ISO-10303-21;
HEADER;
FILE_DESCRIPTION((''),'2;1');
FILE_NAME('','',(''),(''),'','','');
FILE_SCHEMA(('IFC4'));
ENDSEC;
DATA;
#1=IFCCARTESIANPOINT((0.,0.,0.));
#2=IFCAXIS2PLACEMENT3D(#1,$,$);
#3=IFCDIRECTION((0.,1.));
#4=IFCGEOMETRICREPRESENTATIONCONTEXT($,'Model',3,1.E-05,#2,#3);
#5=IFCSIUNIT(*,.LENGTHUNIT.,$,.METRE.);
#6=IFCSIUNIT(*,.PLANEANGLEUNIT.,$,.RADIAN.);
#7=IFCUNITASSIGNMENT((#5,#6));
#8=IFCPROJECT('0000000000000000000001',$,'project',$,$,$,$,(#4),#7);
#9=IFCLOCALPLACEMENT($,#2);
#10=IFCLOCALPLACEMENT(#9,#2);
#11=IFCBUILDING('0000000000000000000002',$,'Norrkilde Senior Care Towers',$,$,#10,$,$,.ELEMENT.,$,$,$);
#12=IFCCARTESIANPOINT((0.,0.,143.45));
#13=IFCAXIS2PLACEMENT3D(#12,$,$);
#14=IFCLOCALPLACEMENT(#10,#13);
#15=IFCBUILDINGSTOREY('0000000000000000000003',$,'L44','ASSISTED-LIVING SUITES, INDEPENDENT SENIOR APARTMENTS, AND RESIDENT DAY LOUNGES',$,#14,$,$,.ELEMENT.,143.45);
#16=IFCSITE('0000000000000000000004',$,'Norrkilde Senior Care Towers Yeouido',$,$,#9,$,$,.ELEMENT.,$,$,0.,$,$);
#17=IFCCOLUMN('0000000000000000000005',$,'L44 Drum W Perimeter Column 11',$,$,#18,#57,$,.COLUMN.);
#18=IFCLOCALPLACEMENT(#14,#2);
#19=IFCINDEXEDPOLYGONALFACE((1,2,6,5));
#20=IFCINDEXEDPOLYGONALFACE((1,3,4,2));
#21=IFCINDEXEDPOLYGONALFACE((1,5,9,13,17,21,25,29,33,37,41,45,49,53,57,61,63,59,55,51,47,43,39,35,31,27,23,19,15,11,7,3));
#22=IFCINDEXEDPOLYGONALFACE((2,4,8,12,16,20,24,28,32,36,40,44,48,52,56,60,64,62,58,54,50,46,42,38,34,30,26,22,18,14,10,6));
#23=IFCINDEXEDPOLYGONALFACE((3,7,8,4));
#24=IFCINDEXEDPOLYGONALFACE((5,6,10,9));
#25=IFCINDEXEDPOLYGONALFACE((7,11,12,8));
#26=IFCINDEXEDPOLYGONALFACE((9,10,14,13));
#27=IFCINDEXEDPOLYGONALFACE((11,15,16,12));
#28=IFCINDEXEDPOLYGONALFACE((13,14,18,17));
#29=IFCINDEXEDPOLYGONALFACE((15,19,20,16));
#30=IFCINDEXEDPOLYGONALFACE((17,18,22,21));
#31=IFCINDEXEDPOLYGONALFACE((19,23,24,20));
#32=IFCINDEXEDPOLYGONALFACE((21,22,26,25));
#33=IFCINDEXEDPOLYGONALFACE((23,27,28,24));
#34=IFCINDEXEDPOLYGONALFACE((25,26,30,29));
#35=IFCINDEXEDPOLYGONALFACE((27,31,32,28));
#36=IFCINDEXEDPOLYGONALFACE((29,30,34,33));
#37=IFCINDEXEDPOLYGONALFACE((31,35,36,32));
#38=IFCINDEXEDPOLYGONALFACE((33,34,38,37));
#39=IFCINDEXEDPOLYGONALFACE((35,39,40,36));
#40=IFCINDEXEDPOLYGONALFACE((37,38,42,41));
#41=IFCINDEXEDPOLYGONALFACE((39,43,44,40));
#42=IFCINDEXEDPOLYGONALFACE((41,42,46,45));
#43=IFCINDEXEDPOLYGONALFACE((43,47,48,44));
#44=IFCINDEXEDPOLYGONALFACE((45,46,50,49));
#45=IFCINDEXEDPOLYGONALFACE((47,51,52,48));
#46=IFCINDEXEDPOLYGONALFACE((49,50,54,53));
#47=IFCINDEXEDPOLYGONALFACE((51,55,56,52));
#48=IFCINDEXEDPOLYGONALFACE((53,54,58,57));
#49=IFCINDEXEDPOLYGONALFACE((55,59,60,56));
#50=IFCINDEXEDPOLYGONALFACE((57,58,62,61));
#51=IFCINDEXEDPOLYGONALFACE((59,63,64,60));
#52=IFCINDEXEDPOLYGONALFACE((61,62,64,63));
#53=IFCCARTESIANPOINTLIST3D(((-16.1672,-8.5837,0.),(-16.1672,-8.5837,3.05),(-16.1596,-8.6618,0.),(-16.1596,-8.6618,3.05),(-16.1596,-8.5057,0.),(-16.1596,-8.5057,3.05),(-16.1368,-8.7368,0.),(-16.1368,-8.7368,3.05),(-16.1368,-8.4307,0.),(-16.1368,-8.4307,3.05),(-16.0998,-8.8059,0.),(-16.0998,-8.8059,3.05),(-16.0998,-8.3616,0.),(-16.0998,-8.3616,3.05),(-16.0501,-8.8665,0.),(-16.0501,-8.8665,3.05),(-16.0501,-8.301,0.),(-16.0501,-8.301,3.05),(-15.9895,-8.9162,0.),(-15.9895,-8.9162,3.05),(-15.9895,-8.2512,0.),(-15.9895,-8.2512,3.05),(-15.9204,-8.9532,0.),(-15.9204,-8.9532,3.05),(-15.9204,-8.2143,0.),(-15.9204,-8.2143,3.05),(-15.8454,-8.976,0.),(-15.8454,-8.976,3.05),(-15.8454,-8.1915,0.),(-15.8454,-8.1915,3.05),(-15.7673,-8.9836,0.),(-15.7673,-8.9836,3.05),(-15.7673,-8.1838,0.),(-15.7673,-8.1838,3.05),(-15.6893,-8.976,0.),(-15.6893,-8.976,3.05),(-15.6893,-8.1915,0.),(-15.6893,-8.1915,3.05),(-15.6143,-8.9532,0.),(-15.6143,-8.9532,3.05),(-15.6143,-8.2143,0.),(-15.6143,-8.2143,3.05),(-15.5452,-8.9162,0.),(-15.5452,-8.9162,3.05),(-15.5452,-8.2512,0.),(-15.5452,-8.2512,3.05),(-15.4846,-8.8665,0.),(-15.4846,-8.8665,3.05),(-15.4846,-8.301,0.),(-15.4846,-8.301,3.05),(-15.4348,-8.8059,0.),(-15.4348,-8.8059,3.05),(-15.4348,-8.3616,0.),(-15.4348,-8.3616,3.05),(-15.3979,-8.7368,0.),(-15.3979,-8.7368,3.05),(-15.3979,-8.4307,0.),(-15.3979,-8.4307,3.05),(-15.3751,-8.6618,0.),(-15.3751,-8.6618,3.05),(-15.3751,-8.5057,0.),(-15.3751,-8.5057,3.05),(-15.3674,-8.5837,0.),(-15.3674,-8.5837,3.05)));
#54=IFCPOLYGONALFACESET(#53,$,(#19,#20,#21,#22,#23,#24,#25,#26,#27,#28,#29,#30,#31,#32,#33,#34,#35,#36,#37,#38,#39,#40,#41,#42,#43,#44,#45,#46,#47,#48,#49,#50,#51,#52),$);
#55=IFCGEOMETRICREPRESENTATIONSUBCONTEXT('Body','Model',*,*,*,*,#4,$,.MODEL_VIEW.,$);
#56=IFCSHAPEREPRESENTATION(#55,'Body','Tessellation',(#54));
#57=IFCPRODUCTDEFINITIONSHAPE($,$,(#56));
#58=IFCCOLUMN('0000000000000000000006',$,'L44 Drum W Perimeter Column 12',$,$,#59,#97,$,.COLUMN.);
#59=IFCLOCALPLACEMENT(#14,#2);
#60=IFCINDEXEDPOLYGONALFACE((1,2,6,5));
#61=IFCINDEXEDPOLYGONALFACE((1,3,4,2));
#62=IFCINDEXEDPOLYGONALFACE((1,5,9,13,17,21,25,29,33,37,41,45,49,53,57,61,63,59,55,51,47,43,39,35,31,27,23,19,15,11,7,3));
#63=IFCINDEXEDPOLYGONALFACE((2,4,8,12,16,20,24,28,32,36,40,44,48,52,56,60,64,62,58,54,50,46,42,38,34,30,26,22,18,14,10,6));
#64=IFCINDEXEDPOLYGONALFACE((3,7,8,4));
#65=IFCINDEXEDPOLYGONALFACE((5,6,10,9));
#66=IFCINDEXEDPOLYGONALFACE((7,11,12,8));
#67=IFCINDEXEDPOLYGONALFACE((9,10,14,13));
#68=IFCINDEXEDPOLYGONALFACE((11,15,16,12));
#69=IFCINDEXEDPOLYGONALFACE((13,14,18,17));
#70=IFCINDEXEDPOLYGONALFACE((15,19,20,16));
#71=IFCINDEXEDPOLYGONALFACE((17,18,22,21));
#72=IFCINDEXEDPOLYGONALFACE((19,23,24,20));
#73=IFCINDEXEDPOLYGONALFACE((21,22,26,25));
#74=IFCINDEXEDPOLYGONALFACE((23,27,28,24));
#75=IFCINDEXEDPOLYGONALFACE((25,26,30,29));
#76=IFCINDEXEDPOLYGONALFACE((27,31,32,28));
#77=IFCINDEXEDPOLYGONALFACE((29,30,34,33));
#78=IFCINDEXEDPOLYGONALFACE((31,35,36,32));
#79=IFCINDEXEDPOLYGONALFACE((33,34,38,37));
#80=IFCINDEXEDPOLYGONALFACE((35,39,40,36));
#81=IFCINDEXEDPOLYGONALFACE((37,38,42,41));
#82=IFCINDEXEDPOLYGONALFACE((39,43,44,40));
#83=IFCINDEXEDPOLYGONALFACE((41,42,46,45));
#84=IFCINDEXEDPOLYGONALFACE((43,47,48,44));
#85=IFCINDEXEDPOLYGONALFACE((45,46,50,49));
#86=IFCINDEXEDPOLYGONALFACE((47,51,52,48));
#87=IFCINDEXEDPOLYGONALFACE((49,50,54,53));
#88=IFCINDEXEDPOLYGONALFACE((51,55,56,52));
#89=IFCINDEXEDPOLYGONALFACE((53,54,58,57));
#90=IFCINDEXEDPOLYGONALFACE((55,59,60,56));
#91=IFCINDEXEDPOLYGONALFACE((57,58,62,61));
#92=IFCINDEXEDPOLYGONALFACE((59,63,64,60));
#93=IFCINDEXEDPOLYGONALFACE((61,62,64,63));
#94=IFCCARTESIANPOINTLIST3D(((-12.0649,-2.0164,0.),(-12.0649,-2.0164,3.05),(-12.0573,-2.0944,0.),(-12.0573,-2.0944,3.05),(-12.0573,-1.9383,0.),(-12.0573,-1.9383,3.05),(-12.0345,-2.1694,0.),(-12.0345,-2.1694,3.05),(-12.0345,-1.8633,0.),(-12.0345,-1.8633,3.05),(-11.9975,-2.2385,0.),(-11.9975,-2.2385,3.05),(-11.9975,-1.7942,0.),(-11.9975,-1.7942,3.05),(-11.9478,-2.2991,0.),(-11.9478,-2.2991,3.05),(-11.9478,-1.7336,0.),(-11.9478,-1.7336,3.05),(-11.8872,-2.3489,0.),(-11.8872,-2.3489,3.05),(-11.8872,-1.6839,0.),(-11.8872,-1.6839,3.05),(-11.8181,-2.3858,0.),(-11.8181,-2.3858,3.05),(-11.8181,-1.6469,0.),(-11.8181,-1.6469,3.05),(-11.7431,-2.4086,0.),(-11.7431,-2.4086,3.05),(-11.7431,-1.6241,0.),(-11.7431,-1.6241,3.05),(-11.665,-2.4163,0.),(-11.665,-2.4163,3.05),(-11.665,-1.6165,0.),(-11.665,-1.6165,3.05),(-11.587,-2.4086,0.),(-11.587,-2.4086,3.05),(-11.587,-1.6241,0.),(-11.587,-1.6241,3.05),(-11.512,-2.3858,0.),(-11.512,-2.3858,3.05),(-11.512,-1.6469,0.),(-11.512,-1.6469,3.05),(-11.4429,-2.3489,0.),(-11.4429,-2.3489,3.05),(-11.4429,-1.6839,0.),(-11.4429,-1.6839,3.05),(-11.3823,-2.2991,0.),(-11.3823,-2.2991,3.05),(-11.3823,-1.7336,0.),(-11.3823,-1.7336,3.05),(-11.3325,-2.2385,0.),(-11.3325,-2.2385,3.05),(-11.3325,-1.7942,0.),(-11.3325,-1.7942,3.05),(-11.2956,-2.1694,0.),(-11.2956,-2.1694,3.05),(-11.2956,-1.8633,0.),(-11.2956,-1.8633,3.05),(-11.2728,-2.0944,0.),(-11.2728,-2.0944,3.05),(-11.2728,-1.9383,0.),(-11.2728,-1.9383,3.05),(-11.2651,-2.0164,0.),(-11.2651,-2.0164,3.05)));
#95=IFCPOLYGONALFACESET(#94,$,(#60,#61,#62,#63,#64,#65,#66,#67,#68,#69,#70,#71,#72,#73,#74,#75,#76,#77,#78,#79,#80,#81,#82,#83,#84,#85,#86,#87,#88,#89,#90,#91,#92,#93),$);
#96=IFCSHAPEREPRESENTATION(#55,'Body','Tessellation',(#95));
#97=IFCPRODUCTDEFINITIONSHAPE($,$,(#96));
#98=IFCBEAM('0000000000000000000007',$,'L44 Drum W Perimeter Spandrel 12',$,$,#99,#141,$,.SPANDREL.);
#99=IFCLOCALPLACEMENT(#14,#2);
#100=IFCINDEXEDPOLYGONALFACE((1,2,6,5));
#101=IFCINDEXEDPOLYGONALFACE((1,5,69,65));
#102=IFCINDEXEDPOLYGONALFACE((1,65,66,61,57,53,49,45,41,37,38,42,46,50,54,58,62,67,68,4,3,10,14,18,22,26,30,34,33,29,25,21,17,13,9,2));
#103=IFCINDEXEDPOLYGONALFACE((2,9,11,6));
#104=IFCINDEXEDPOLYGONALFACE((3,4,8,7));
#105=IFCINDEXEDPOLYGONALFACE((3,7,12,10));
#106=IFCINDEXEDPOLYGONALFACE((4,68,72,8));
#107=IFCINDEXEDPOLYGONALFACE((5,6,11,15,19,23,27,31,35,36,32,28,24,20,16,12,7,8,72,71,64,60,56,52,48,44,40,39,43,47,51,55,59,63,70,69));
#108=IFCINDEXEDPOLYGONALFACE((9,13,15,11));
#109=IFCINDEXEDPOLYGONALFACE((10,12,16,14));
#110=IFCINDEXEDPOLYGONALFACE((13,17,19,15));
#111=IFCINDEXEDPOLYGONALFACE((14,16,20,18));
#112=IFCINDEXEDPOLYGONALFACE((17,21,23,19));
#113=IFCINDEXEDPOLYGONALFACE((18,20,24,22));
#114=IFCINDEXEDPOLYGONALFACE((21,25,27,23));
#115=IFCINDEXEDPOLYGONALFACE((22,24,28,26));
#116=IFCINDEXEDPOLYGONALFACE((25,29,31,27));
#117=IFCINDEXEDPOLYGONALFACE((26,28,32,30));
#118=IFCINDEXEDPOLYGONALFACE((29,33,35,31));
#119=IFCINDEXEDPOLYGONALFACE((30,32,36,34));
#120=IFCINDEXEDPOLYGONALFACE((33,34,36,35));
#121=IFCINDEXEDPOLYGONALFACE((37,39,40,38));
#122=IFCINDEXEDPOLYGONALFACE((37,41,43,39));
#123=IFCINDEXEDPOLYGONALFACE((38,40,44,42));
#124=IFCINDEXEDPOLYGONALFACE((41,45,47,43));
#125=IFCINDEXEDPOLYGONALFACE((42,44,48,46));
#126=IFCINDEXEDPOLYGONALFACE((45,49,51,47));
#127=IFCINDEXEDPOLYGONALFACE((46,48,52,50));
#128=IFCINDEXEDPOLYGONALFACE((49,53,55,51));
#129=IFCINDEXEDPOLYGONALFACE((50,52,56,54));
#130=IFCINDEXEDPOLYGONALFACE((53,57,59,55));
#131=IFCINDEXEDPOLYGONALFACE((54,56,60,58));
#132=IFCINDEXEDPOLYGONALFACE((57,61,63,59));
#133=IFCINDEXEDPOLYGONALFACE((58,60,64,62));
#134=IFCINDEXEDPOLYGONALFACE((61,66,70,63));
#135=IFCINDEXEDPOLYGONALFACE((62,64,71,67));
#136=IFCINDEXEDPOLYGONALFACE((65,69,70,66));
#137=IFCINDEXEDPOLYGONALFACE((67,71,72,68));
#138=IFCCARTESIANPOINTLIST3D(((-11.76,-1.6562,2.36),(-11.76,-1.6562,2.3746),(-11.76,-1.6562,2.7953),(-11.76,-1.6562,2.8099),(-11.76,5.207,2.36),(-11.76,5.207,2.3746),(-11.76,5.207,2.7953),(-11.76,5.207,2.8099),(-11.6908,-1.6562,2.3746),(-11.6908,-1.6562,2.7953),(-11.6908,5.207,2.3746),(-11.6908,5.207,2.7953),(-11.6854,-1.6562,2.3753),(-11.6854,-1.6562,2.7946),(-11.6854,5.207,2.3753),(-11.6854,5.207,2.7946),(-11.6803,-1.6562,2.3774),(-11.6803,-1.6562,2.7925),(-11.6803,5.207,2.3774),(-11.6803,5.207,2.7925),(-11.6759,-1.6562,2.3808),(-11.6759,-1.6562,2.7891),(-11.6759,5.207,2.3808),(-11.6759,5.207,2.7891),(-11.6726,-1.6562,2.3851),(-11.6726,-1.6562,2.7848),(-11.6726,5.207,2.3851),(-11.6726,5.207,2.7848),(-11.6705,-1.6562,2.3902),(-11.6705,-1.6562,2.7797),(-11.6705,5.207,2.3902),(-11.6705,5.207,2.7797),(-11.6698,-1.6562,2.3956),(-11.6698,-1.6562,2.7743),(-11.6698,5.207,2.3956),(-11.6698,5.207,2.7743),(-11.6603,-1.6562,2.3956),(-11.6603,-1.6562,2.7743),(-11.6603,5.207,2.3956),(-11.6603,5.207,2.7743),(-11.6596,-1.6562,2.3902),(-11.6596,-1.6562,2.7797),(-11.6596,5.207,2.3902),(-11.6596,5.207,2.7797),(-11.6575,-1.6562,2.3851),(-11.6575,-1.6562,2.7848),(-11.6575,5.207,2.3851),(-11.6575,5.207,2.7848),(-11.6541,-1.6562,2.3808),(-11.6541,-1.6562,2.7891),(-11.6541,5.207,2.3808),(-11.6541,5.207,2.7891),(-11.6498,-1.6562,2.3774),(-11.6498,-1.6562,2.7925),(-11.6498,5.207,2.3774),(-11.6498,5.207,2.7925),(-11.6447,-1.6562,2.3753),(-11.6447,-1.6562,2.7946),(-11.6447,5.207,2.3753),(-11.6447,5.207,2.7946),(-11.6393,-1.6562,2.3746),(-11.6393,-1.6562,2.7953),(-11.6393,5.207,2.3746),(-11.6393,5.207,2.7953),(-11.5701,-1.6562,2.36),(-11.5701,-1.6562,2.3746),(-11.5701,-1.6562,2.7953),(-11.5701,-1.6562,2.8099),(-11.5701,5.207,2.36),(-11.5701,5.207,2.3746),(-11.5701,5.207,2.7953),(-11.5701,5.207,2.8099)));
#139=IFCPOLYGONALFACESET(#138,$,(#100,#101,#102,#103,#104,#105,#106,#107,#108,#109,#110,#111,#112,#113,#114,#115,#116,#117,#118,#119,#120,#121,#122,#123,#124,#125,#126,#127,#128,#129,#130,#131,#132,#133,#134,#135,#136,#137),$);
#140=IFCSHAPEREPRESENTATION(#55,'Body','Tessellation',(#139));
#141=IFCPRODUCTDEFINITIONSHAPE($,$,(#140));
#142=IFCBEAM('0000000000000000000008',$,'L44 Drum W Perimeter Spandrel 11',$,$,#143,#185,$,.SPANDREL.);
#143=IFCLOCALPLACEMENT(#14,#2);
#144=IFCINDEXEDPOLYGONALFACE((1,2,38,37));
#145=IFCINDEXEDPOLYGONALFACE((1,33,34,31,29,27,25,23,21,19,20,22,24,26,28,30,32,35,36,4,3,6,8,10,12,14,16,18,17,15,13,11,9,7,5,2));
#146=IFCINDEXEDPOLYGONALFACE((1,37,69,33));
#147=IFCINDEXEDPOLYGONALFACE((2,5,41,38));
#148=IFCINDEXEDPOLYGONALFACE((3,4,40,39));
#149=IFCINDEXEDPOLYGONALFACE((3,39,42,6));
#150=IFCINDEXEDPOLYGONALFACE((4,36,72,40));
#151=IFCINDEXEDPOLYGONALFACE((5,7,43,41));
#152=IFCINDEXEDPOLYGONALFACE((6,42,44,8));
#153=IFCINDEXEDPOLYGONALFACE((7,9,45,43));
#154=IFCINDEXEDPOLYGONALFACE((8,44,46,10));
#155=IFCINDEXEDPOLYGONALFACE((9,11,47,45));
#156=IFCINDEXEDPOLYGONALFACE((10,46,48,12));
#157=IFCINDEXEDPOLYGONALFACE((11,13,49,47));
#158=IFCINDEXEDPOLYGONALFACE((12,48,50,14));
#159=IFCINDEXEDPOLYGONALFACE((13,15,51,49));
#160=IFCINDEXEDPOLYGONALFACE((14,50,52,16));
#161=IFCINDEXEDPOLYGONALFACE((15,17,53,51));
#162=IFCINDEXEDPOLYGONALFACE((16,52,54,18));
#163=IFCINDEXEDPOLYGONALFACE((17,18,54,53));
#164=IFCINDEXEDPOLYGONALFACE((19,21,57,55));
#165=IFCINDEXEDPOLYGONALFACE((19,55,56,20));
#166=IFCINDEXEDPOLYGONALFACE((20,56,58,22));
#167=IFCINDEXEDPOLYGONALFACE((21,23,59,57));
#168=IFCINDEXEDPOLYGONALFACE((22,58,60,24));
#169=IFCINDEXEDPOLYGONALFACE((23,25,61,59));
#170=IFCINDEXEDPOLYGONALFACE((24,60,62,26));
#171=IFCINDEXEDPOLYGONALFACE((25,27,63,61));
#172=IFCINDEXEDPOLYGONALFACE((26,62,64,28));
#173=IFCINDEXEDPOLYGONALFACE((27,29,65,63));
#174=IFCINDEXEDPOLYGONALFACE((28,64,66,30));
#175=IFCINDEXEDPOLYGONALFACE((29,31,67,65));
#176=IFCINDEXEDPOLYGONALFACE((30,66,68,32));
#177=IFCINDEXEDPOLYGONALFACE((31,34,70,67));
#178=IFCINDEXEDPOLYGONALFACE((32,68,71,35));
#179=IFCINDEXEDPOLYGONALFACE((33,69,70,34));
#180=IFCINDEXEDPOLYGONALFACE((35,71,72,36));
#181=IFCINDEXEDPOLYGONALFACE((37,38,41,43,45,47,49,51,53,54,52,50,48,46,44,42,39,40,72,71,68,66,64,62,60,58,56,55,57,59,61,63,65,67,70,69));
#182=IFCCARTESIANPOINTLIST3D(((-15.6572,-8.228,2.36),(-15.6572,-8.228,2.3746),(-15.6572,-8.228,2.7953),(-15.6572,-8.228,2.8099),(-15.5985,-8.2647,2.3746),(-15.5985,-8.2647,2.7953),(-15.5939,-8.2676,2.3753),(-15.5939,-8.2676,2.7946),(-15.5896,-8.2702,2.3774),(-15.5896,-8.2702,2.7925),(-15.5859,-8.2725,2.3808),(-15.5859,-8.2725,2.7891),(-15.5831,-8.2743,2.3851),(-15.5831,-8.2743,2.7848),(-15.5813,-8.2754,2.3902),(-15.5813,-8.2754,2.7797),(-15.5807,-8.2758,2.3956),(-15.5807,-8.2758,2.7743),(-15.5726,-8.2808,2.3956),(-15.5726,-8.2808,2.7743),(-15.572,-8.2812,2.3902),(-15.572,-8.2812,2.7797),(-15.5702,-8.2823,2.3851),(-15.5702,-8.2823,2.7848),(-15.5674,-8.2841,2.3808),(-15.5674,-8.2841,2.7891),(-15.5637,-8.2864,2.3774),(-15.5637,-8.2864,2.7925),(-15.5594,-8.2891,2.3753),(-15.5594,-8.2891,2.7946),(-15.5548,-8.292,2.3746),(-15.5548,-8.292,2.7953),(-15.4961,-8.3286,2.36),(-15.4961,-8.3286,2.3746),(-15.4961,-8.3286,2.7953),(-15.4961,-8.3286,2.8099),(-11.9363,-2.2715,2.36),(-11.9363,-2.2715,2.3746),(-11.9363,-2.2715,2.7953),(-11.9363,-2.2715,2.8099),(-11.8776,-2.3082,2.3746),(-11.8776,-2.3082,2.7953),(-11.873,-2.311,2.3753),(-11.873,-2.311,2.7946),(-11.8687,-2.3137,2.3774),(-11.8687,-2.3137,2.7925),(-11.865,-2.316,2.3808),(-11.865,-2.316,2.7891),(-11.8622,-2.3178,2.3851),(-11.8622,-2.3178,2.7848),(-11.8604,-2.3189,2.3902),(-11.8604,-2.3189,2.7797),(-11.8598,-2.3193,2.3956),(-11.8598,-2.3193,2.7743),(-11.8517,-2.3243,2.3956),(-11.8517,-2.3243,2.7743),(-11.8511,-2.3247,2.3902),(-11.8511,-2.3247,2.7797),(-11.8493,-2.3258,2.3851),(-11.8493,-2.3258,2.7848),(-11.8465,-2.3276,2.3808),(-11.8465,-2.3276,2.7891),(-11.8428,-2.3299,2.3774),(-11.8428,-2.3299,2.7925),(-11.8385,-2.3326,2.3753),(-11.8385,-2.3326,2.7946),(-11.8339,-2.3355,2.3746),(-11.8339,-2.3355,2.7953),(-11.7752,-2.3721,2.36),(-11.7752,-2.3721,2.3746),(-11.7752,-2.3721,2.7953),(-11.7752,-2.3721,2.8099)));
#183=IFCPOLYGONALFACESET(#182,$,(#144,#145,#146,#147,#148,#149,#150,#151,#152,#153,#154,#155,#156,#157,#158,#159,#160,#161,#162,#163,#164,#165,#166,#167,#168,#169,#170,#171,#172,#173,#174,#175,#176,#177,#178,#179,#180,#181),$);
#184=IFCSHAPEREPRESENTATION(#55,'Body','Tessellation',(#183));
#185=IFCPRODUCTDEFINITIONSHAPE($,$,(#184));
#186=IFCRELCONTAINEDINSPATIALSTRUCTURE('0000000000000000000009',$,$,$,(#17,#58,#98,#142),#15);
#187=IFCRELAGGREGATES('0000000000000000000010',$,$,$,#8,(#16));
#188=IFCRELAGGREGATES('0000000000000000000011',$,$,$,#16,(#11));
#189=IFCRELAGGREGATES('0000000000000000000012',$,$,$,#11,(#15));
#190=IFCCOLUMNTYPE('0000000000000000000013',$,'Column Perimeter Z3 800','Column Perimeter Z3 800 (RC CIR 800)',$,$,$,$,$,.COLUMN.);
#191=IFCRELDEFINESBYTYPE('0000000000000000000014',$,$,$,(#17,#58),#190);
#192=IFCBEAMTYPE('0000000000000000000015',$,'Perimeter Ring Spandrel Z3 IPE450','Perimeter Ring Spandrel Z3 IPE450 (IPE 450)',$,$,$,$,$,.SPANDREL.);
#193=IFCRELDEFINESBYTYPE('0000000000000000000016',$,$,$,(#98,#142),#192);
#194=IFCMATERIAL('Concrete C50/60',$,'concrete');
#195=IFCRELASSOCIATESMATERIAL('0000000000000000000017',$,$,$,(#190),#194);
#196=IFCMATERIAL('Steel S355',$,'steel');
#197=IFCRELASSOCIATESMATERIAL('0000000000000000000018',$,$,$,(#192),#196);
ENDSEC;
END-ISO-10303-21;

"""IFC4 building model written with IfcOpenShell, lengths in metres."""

from ifc_helpers import new_model, si_unit, direction, frame, origin, origin_2d, place, context, subcontext, project, spatial, circle, i_section, extrude, source, transform, mapped, material, material_profile, profile_set, type_object, type_shapes, element, save


model = new_model("IFC4")

# Units and contexts
model_context = context("Model", 3, precision=1e-05, world=origin(), true_north=direction((0.0, 1.0)))
body_context = subcontext(model_context, "Body", "Model", "MODEL_VIEW")
ifc_project = project(units=[si_unit("LENGTHUNIT", "METRE"), si_unit("PLANEANGLEUNIT", "RADIAN")], contexts=[model_context])

# Site, building, storey
site_placement = place(None, origin())
site = spatial("IfcSite", under=ifc_project, at=site_placement, Name="Norrkilde Senior Care Towers Yeouido", CompositionType="ELEMENT", RefElevation=0.0)
building_placement = place(site_placement, origin())
building = spatial("IfcBuilding", under=site, at=building_placement, Name="Norrkilde Senior Care Towers", CompositionType="ELEMENT")
storey_placement = place(building_placement, frame((0.0, 0.0, 143.45)))
storey = spatial("IfcBuildingStorey", under=building, at=storey_placement, Name="L44", Description="ASSISTED-LIVING SUITES, INDEPENDENT SENIOR APARTMENTS, AND RESIDENT DAY LOUNGES", CompositionType="ELEMENT", Elevation=143.45)

# Columns
ifc_material_1 = material(Name="Concrete C50/60", Category="concrete")
ifc_material_profile_1 = material_profile(ifc_material_1, circle(Radius=0.3999, at=origin_2d()), Name="RC CIR 800")
ifc_profile_set_1 = profile_set([ifc_material_profile_1], Name="Concrete C50/60")
column_type = type_object("IfcColumnType", Name="Column Perimeter Z3 800", Description="Column Perimeter Z3 800 (RC CIR 800)", PredefinedType="COLUMN", material=ifc_profile_set_1)
shared_shape_1 = source(origin(), body_context, "Body", "SweptSolid", [
    extrude(circle(Radius=0.3999, at=origin_2d()), origin(), (0.0, 0.0, 1.0), 3.05),
])
type_shapes(column_type, [shared_shape_1])
for number, where, z_axis, x_axis, name in (
    (1, (-15.7673, -8.5837, 0.0), (0.0, 0.0, 1.0), (1.0, 0.0, 0.0), "L44 Drum W Perimeter Column 11"),
    (2, (-11.665, -2.0164, 0.0), (0.0, 0.0, 1.0), (1.0, 0.0, 0.0), "L44 Drum W Perimeter Column 12"),
):
    element("IfcColumn", number, at=place(storey_placement, frame(where, z_axis=z_axis, x_axis=x_axis)), inside=storey, type_object=column_type, Name=name, PredefinedType="COLUMN", context=body_context, shape_type="MappedRepresentation", body=[
        mapped(shared_shape_1, transform((0.0, 0.0, 0.0), x_axis=(1.0, 0.0, 0.0), y_axis=(0.0, 1.0, 0.0), z_axis=(0.0, 0.0, 1.0), scale=1.0)),
    ])

# Beams
ifc_material_2 = material(Name="Steel S355", Category="steel")
ifc_material_profile_2 = material_profile(ifc_material_2, i_section(OverallWidth=0.1899, OverallDepth=0.45, WebThickness=0.0095, FlangeThickness=0.0146, FilletRadius=0.021, at=origin_2d()), Name="IPE 450")
ifc_profile_set_2 = profile_set([ifc_material_profile_2], Name="Steel S355")
beam_type_1 = type_object("IfcBeamType", Name="Perimeter Ring Spandrel Z3 IPE450", Description="Perimeter Ring Spandrel Z3 IPE450 (IPE 450)", PredefinedType="SPANDREL", material=ifc_profile_set_2)
shared_shape_2 = source(origin(), body_context, "Body", "SweptSolid", [
    extrude(i_section(OverallWidth=0.1899, OverallDepth=0.45, WebThickness=0.0095, FlangeThickness=0.0146, FilletRadius=0.021, at=origin_2d()), origin(), (0.0, 0.0, 1.0), 6.8633),
])
beam_1_placement = place(storey_placement, frame((-11.665, -1.6562, 2.585), z_axis=(0.0, 1.0, 0.0), x_axis=(-1.0, 0.0, 0.0)))
element("IfcBeam", 3, at=beam_1_placement, inside=storey, type_object=beam_type_1, Name="L44 Drum W Perimeter Spandrel 12", PredefinedType="SPANDREL", context=body_context, shape_type="MappedRepresentation", body=[
    mapped(shared_shape_2, transform((0.0, 0.0, 0.0), x_axis=(1.0, 0.0, 0.0), y_axis=(0.0, 1.0, 0.0), z_axis=(0.0, 0.0, 1.0), scale=1.0)),
])
shared_shape_3 = source(origin(), body_context, "Body", "SweptSolid", [
    extrude(i_section(OverallWidth=0.1899, OverallDepth=0.45, WebThickness=0.0095, FlangeThickness=0.0146, FilletRadius=0.021, at=origin_2d()), origin(), (0.0, 0.0, 1.0), 7.0232),
])
type_shapes(beam_type_1, [shared_shape_2, shared_shape_3])
beam_2_placement = place(storey_placement, frame((-15.5767, -8.2783, 2.585), z_axis=(0.529805, 0.848119, 0.0), x_axis=(-0.848119, 0.529805, 0.0)))
element("IfcBeam", 4, at=beam_2_placement, inside=storey, type_object=beam_type_1, Name="L44 Drum W Perimeter Spandrel 11", PredefinedType="SPANDREL", context=body_context, shape_type="MappedRepresentation", body=[
    mapped(shared_shape_3, transform((0.0, 0.0, 0.0), x_axis=(1.0, 0.0, 0.0), y_axis=(0.0, 1.0, 0.0), z_axis=(0.0, 0.0, 1.0), scale=1.0)),
])

save(model, "model.ifc")
